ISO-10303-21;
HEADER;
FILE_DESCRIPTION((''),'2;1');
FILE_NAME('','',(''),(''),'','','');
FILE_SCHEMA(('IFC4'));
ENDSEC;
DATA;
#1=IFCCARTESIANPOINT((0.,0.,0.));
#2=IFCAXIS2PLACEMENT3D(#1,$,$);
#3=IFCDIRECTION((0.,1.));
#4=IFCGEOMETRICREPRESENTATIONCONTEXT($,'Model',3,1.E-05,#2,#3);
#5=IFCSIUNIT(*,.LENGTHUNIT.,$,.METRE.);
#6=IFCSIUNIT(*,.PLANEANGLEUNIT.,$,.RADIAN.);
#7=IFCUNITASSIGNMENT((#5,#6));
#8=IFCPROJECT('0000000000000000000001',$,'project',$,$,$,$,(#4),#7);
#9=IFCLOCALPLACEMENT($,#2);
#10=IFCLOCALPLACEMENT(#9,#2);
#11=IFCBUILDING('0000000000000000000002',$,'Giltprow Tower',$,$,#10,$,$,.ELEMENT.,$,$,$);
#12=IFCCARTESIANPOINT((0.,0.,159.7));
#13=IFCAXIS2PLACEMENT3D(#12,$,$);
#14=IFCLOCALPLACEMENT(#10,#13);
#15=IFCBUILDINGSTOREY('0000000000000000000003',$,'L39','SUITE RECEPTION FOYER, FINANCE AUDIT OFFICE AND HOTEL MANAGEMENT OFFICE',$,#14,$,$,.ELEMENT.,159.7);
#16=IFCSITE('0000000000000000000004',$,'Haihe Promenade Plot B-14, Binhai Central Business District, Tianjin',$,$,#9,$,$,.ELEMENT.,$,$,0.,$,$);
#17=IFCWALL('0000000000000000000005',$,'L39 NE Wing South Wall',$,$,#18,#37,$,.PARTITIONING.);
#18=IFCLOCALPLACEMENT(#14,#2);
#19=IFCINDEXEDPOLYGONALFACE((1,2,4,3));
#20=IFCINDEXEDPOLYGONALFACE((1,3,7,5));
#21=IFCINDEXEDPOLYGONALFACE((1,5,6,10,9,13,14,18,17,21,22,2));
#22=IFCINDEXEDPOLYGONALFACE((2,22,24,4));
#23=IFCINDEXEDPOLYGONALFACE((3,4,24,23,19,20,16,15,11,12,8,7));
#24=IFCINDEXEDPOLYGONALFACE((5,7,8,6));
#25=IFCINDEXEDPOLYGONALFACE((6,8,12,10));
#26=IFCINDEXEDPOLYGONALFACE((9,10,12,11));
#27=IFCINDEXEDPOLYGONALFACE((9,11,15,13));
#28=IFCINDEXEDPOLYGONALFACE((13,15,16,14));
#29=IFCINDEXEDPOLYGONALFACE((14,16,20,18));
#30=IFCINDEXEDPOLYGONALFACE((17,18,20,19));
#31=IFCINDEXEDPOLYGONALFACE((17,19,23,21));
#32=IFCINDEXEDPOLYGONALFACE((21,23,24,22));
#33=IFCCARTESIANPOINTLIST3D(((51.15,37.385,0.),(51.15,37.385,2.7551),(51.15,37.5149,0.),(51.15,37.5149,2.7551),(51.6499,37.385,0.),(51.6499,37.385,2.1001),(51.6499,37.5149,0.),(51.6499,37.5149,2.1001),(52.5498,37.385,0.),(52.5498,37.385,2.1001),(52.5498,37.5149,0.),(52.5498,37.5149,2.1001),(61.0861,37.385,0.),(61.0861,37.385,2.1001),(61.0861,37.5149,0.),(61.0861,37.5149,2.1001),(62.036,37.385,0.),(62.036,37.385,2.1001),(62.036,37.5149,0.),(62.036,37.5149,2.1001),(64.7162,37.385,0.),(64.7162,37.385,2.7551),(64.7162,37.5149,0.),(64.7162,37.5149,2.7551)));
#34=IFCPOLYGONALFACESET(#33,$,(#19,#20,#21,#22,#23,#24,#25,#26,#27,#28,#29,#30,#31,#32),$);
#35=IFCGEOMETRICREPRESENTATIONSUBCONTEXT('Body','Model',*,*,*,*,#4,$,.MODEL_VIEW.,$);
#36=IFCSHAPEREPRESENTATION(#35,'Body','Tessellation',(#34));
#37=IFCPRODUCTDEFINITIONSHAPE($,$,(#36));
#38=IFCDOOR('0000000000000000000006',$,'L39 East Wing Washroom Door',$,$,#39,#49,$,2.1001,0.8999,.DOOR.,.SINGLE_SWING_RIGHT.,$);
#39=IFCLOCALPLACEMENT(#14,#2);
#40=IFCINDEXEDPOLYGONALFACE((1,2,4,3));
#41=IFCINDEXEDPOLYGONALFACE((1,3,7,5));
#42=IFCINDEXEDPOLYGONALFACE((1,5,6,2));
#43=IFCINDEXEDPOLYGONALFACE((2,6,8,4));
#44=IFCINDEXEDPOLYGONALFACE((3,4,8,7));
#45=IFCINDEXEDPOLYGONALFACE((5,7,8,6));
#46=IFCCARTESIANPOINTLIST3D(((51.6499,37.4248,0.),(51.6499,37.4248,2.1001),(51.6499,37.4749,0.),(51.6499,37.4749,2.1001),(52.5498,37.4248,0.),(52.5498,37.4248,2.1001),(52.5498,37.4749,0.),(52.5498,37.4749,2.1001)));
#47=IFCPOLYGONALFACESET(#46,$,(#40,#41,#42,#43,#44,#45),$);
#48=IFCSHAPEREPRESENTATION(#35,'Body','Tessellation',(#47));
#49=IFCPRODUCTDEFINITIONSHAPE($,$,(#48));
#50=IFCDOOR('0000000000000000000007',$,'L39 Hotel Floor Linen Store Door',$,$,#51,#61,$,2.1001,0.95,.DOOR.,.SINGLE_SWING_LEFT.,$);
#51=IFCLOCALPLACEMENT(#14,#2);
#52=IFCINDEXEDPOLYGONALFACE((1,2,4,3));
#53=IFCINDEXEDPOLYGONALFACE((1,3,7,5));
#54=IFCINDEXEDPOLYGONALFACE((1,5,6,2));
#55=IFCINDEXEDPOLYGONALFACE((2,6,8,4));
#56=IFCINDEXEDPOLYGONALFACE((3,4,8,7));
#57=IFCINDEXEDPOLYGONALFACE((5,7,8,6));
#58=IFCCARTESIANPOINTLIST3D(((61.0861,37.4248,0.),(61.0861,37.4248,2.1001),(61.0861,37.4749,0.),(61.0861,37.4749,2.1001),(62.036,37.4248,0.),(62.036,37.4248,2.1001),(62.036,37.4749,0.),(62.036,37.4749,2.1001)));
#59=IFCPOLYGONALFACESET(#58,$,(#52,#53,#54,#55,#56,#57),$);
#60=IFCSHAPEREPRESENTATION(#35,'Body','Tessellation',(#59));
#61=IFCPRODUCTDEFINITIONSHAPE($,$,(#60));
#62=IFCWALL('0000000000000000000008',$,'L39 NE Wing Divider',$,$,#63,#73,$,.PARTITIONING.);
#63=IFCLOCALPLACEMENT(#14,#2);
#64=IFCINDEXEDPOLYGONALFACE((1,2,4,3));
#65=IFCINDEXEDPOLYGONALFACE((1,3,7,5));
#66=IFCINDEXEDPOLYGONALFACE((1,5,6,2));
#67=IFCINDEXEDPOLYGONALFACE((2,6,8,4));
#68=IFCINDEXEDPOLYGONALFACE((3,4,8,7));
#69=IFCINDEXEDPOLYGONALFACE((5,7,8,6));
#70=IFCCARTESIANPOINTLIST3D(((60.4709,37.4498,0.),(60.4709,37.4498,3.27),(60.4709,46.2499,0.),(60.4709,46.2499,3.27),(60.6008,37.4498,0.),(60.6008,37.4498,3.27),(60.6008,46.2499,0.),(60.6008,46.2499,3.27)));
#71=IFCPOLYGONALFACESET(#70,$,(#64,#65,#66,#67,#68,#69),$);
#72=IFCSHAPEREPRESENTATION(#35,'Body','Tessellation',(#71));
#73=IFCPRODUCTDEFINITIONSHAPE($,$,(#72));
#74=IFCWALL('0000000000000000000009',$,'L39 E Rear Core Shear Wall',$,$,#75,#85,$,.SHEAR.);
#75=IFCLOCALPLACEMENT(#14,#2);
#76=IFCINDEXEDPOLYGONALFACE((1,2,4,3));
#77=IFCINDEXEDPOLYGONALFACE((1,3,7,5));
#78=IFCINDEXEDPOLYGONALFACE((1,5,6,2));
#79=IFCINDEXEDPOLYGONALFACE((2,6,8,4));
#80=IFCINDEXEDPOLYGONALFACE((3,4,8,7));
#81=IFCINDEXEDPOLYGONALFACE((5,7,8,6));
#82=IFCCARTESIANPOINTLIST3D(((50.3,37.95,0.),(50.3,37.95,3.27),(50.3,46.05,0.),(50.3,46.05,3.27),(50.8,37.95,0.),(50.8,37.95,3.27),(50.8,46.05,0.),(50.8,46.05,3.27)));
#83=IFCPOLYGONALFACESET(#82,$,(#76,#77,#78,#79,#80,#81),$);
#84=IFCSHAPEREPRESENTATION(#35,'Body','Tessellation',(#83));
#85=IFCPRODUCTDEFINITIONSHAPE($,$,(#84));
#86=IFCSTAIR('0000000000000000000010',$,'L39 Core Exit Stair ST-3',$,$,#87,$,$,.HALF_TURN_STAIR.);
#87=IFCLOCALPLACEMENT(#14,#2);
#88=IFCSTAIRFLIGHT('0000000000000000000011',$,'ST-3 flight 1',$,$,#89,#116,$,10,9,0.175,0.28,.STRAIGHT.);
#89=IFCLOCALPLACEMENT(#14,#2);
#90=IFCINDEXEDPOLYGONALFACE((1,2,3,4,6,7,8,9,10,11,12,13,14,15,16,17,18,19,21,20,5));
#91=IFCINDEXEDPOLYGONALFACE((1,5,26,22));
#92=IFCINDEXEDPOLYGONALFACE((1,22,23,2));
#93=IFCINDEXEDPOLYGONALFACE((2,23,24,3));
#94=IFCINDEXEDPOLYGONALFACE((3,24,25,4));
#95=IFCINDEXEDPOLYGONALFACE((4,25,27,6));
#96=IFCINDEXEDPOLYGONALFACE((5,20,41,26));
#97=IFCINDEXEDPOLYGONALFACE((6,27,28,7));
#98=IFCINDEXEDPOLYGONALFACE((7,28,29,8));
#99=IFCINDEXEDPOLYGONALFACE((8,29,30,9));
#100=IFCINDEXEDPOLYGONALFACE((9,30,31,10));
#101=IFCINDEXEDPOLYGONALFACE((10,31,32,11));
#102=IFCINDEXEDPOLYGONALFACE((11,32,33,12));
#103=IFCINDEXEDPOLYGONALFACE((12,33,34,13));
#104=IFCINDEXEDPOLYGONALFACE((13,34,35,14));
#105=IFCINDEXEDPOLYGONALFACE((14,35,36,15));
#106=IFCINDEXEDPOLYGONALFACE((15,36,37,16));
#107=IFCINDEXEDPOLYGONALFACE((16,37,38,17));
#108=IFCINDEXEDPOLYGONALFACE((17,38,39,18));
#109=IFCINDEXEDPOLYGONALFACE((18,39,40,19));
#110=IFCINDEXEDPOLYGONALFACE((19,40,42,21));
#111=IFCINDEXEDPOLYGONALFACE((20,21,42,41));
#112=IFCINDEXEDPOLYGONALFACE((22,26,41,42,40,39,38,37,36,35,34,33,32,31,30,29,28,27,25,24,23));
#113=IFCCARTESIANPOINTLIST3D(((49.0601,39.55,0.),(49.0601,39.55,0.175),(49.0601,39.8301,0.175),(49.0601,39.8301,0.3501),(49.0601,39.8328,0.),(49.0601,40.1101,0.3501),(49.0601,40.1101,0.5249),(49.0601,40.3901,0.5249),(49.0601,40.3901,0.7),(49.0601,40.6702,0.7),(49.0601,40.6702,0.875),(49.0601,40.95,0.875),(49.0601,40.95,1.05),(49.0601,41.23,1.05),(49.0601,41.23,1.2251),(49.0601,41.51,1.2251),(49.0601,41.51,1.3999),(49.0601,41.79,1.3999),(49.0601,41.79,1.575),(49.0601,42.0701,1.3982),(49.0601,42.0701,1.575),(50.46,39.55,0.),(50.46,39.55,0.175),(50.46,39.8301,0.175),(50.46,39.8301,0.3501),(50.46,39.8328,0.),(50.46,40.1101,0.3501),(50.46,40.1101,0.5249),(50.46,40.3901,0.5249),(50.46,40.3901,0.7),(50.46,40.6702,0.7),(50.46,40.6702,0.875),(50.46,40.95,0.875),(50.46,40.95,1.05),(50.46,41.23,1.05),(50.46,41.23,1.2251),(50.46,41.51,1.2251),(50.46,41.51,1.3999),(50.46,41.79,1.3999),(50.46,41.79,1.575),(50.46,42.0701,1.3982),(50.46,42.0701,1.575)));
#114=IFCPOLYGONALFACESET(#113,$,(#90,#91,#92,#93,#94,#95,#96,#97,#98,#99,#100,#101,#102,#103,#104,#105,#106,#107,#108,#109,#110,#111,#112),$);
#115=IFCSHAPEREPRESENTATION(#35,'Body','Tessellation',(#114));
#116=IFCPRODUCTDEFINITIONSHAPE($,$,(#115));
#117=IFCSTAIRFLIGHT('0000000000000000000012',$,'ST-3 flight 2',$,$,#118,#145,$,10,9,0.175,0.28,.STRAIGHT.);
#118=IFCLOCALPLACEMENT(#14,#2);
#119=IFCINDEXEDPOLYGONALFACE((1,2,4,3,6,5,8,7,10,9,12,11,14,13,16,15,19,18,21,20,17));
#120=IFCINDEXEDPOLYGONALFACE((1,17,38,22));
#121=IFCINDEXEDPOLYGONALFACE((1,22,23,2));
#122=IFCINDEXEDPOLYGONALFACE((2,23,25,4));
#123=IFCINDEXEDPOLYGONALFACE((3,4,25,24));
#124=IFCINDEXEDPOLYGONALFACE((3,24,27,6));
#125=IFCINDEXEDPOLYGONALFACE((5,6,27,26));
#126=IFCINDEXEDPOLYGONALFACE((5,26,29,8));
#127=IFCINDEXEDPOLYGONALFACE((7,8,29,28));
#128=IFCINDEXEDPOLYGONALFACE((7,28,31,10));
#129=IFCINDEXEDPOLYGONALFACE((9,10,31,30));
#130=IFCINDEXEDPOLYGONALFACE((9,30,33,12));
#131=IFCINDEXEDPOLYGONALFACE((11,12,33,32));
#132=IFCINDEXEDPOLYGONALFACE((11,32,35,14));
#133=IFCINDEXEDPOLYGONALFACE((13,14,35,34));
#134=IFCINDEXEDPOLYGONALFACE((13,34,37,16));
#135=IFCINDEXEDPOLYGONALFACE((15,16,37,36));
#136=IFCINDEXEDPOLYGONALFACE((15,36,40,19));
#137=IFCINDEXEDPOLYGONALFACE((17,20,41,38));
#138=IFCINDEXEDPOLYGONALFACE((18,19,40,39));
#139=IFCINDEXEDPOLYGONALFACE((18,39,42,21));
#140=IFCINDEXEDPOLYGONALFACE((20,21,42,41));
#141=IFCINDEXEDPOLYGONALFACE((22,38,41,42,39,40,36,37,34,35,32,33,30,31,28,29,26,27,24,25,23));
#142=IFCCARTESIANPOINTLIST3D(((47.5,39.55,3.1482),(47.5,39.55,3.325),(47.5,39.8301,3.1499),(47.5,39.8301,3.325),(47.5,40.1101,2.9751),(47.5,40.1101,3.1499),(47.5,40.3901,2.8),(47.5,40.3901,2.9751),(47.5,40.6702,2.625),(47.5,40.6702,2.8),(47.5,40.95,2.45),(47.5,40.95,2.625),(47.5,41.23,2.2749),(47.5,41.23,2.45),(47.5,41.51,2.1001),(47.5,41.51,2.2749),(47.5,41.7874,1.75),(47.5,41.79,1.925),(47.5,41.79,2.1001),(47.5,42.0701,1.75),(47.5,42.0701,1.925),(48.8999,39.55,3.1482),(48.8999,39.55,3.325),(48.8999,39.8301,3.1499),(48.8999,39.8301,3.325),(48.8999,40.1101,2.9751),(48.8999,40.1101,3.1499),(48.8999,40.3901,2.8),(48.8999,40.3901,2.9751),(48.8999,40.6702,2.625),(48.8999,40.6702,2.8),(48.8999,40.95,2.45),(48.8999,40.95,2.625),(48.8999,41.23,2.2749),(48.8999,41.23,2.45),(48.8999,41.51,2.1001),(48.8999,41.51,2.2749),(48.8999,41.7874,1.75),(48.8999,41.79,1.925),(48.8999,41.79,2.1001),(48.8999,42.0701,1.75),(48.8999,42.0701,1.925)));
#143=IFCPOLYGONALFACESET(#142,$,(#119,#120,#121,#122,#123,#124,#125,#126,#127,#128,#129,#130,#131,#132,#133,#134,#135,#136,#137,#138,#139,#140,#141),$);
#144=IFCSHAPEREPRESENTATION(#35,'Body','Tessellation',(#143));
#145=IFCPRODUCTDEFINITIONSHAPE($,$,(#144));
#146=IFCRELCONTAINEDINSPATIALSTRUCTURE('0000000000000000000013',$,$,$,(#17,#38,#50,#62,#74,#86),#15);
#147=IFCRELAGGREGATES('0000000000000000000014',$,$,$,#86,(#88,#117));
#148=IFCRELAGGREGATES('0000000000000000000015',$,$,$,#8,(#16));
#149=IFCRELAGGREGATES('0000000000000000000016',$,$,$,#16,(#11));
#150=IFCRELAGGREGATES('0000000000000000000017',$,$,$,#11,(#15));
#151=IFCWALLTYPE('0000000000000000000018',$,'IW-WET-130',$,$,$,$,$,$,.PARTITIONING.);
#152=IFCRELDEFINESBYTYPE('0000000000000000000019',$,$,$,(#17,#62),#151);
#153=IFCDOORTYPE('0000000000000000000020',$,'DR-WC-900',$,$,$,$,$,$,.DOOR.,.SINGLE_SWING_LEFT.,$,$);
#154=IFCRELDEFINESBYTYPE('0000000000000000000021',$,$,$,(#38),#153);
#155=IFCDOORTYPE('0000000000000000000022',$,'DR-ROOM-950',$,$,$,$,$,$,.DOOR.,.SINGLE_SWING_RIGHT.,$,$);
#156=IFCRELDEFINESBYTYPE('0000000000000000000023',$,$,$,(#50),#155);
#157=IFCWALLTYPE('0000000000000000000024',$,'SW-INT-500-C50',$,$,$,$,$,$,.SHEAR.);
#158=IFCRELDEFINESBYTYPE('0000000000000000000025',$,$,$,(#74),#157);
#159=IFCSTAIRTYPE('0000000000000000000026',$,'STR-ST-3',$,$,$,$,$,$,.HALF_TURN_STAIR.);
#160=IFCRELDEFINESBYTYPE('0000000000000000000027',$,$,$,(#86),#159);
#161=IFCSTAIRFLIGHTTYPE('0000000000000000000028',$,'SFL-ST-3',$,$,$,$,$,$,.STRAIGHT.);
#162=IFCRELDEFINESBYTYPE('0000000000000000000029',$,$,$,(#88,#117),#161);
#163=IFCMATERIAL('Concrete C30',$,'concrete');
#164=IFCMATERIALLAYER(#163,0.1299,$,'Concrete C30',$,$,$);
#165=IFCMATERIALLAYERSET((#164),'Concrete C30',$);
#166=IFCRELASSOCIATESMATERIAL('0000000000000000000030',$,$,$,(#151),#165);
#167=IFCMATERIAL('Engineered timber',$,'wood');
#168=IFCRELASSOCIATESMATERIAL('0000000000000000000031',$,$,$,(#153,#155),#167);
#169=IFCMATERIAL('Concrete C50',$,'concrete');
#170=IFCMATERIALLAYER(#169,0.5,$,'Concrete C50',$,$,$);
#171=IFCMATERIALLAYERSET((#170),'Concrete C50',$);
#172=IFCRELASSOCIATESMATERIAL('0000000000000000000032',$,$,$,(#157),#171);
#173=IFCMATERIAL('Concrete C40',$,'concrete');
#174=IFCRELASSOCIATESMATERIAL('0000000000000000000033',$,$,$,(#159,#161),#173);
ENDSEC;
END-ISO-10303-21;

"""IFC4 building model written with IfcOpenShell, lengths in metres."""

from ifc_helpers import new_model, si_unit, direction, frame, frame_2d, origin, place, context, subcontext, project, spatial, polyline, rectangle, outline, extrude, source, transform, mapped, material, layer, layer_set, type_object, element, fill, aggregate, save


model = new_model("IFC4")

# Units and contexts
model_context = context("Model", 3, precision=1e-05, world=origin(), true_north=direction((0.0, 1.0)))
body_context = subcontext(model_context, "Body", "Model", "MODEL_VIEW")
ifc_project = project(units=[si_unit("LENGTHUNIT", "METRE"), si_unit("PLANEANGLEUNIT", "RADIAN")], contexts=[model_context])

# Site, building, storey
site_placement = place(None, origin())
site = spatial("IfcSite", under=ifc_project, at=site_placement, Name="Haihe Promenade Plot B-14, Binhai Central Business District, Tianjin", CompositionType="ELEMENT", RefElevation=0.0)
building_placement = place(site_placement, origin())
building = spatial("IfcBuilding", under=site, at=building_placement, Name="Giltprow Tower", CompositionType="ELEMENT")
storey_placement = place(building_placement, frame((0.0, 0.0, 159.7)))
storey = spatial("IfcBuildingStorey", under=building, at=storey_placement, Name="L39", Description="SUITE RECEPTION FOYER, FINANCE AUDIT OFFICE AND HOTEL MANAGEMENT OFFICE", CompositionType="ELEMENT", Elevation=159.7)

# Shared definitions
ifc_material_1 = material(Name="Concrete C50", Category="concrete")

# Shared definitions
ifc_material_2 = material(Name="Concrete C40", Category="concrete")

# Wall, openings, doors
ifc_material_3 = material(Name="Concrete C30", Category="concrete")
ifc_layer_1 = layer(ifc_material_3, 0.1299, Name="Concrete C30")
ifc_layer_set_1 = layer_set([ifc_layer_1], Name="Concrete C30")
wall_type_1 = type_object("IfcWallType", Name="IW-WET-130", PredefinedType="PARTITIONING", material=ifc_layer_set_1)
wall_1_placement = place(storey_placement, frame((51.1499, 37.45, 0.0), z_axis=(0.0, 0.0, 1.0), x_axis=(1.0, 0.0, 0.0)))
wall_1 = element("IfcWall", 1, at=wall_1_placement, inside=storey, type_object=wall_type_1, Name="L39 NE Wing South Wall", PredefinedType="PARTITIONING", context=body_context, shape_type="SweptSolid", body=[
    extrude(rectangle(XDim=13.5662, YDim=0.1299, at=frame_2d((6.7832, 0.0))), origin(), (0.0, 0.0, 1.0), 2.7551),
])
opening_1_placement = place(wall_1_placement, frame((0.5, 0.0, 0.0)))
opening_1 = element("IfcOpeningElement", 2, at=opening_1_placement, cuts=wall_1, PredefinedType="OPENING", context=body_context, shape_type="SweptSolid", body=[
    extrude(rectangle(XDim=0.8999, YDim=2.1001, at=frame_2d((0.45, 1.05))), frame((0.0, 0.075, 0.0), z_axis=(0.0, -1.0, 0.0), x_axis=(1.0, 0.0, 0.0)), (0.0, 0.0, 1.0), 0.1499),
])
opening_2_placement = place(wall_1_placement, frame((9.936, 0.0, 0.0)))
opening_2 = element("IfcOpeningElement", 3, at=opening_2_placement, cuts=wall_1, PredefinedType="OPENING", context=body_context, shape_type="SweptSolid", body=[
    extrude(rectangle(XDim=0.95, YDim=2.1001, at=frame_2d((0.4751, 1.05))), frame((0.0, 0.075, 0.0), z_axis=(0.0, -1.0, 0.0), x_axis=(1.0, 0.0, 0.0)), (0.0, 0.0, 1.0), 0.1499),
])
ifc_material_4 = material(Name="Engineered timber", Category="wood")
door_type_1 = type_object("IfcDoorType", Name="DR-WC-900", OperationType="SINGLE_SWING_LEFT", PredefinedType="DOOR", material=ifc_material_4)
shared_shape_1 = source(origin(), body_context, "Body", "SweptSolid", [
    extrude(rectangle(XDim=0.8999, YDim=2.1001, at=frame_2d((0.45, 1.05))), frame((0.0, 0.0249, 0.0), z_axis=(0.0, -1.0, 0.0), x_axis=(1.0, 0.0, 0.0)), (0.0, 0.0, 1.0), 0.05),
])
door_1_placement = place(opening_1_placement, origin())
door_1 = element("IfcDoor", 4, at=door_1_placement, inside=storey, type_object=door_type_1, Name="L39 East Wing Washroom Door", OperationType="SINGLE_SWING_RIGHT", OverallHeight=2.1001, OverallWidth=0.8999, PredefinedType="DOOR", context=body_context, shape_type="MappedRepresentation", body=[
    mapped(shared_shape_1, transform((0.0, 0.0, 0.0), x_axis=(1.0, 0.0, 0.0), y_axis=(0.0, 1.0, 0.0), z_axis=(0.0, 0.0, 1.0), scale=1.0)),
])
fill(opening_1, door_1)
door_type_2 = type_object("IfcDoorType", Name="DR-ROOM-950", OperationType="SINGLE_SWING_RIGHT", PredefinedType="DOOR", material=ifc_material_4)
shared_shape_2 = source(origin(), body_context, "Body", "SweptSolid", [
    extrude(rectangle(XDim=0.95, YDim=2.1001, at=frame_2d((0.4751, 1.05))), frame((0.0, 0.0249, 0.0), z_axis=(0.0, -1.0, 0.0), x_axis=(1.0, 0.0, 0.0)), (0.0, 0.0, 1.0), 0.05),
])
door_2_placement = place(opening_2_placement, origin())
door_2 = element("IfcDoor", 5, at=door_2_placement, inside=storey, type_object=door_type_2, Name="L39 Hotel Floor Linen Store Door", OperationType="SINGLE_SWING_LEFT", OverallHeight=2.1001, OverallWidth=0.95, PredefinedType="DOOR", context=body_context, shape_type="MappedRepresentation", body=[
    mapped(shared_shape_2, transform((0.0, 0.0, 0.0), x_axis=(1.0, 0.0, 0.0), y_axis=(0.0, 1.0, 0.0), z_axis=(0.0, 0.0, 1.0), scale=1.0)),
])
fill(opening_2, door_2)

# Walls
wall_2_placement = place(storey_placement, frame((60.5359, 37.45, 0.0), z_axis=(0.0, 0.0, 1.0), x_axis=(0.0, 1.0, 0.0)))
element("IfcWall", 6, at=wall_2_placement, inside=storey, type_object=wall_type_1, Name="L39 NE Wing Divider", PredefinedType="PARTITIONING", context=body_context, shape_type="SweptSolid", body=[
    extrude(rectangle(XDim=8.8, YDim=0.1299, at=frame_2d((4.3999, 0.0))), origin(), (0.0, 0.0, 1.0), 3.27),
])
ifc_layer_2 = layer(ifc_material_1, 0.5, Name="Concrete C50")
ifc_layer_set_2 = layer_set([ifc_layer_2], Name="Concrete C50")
wall_type_2 = type_object("IfcWallType", Name="SW-INT-500-C50", PredefinedType="SHEAR", material=ifc_layer_set_2)
wall_3_placement = place(storey_placement, frame((50.55, 37.95, 0.0), z_axis=(0.0, 0.0, 1.0), x_axis=(0.0, 1.0, 0.0)))
element("IfcWall", 7, at=wall_3_placement, inside=storey, type_object=wall_type_2, Name="L39 E Rear Core Shear Wall", PredefinedType="SHEAR", context=body_context, shape_type="SweptSolid", body=[
    extrude(rectangle(XDim=8.1001, YDim=0.5, at=frame_2d((4.05, 0.0))), origin(), (0.0, 0.0, 1.0), 3.27),
])

# Stair, stair flights
stair_type = type_object("IfcStairType", Name="STR-ST-3", PredefinedType="HALF_TURN_STAIR", material=ifc_material_2)
stair_placement = place(storey_placement, origin())
stair = element("IfcStair", 8, at=stair_placement, inside=storey, type_object=stair_type, Name="L39 Core Exit Stair ST-3", PredefinedType="HALF_TURN_STAIR")
stair_flight_type = type_object("IfcStairFlightType", Name="SFL-ST-3", PredefinedType="STRAIGHT", material=ifc_material_2)
stair_flight_1_placement = place(storey_placement, frame((49.76, 39.55, 0.0), z_axis=(0.0, 0.0, 1.0), x_axis=(0.0, 1.0, 0.0)))
stair_flight_1 = element("IfcStairFlight", 9, at=stair_flight_1_placement, type_object=stair_flight_type, Name="ST-3 flight 1", NumberOfRisers=10, NumberOfTreads=9, PredefinedType="STRAIGHT", RiserHeight=0.175, TreadLength=0.28, context=body_context, shape_type="SweptSolid", body=[
    extrude(outline(polyline([(0.0, 0.0), (0.0, 0.175), (0.28, 0.175), (0.28, 0.3501), (0.5601, 0.3501), (0.5601, 0.5249), (0.8401, 0.5249), (0.8401, 0.7), (1.1201, 0.7), (1.1201, 0.875), (1.3999, 0.875), (1.3999, 1.05), (1.6799, 1.05), (1.6799, 1.2251), (1.96, 1.2251), (1.96, 1.3999), (2.24, 1.3999), (2.24, 1.575), (2.52, 1.575), (2.52, 1.75), (2.52, 1.3982), (0.2827, 0.0), (0.0, 0.0)])), frame((0.0, 0.7, 0.0), z_axis=(0.0, -1.0, 0.0), x_axis=(1.0, 0.0, 0.0)), (0.0, 0.0, 1.0), 1.3999),
])
stair_flight_2_placement = place(storey_placement, frame((48.2, 42.0701, 1.75), z_axis=(0.0, 0.0, 1.0), x_axis=(0.0, -1.0, 0.0)))
stair_flight_2 = element("IfcStairFlight", 10, at=stair_flight_2_placement, type_object=stair_flight_type, Name="ST-3 flight 2", NumberOfRisers=10, NumberOfTreads=9, PredefinedType="STRAIGHT", RiserHeight=0.175, TreadLength=0.28, context=body_context, shape_type="SweptSolid", body=[
    extrude(outline(polyline([(0.0, 0.0), (0.0, 0.175), (0.28, 0.175), (0.28, 0.3501), (0.5601, 0.3501), (0.5601, 0.5249), (0.8401, 0.5249), (0.8401, 0.7), (1.1201, 0.7), (1.1201, 0.875), (1.3999, 0.875), (1.3999, 1.05), (1.6799, 1.05), (1.6799, 1.2251), (1.96, 1.2251), (1.96, 1.3999), (2.24, 1.3999), (2.24, 1.575), (2.52, 1.575), (2.52, 1.75), (2.52, 1.3982), (0.2827, 0.0), (0.0, 0.0)])), frame((0.0, 0.7, 0.0), z_axis=(0.0, -1.0, 0.0), x_axis=(1.0, 0.0, 0.0)), (0.0, 0.0, 1.0), 1.3999),
])
aggregate(stair, [stair_flight_1, stair_flight_2])

save(model, "model.ifc")
